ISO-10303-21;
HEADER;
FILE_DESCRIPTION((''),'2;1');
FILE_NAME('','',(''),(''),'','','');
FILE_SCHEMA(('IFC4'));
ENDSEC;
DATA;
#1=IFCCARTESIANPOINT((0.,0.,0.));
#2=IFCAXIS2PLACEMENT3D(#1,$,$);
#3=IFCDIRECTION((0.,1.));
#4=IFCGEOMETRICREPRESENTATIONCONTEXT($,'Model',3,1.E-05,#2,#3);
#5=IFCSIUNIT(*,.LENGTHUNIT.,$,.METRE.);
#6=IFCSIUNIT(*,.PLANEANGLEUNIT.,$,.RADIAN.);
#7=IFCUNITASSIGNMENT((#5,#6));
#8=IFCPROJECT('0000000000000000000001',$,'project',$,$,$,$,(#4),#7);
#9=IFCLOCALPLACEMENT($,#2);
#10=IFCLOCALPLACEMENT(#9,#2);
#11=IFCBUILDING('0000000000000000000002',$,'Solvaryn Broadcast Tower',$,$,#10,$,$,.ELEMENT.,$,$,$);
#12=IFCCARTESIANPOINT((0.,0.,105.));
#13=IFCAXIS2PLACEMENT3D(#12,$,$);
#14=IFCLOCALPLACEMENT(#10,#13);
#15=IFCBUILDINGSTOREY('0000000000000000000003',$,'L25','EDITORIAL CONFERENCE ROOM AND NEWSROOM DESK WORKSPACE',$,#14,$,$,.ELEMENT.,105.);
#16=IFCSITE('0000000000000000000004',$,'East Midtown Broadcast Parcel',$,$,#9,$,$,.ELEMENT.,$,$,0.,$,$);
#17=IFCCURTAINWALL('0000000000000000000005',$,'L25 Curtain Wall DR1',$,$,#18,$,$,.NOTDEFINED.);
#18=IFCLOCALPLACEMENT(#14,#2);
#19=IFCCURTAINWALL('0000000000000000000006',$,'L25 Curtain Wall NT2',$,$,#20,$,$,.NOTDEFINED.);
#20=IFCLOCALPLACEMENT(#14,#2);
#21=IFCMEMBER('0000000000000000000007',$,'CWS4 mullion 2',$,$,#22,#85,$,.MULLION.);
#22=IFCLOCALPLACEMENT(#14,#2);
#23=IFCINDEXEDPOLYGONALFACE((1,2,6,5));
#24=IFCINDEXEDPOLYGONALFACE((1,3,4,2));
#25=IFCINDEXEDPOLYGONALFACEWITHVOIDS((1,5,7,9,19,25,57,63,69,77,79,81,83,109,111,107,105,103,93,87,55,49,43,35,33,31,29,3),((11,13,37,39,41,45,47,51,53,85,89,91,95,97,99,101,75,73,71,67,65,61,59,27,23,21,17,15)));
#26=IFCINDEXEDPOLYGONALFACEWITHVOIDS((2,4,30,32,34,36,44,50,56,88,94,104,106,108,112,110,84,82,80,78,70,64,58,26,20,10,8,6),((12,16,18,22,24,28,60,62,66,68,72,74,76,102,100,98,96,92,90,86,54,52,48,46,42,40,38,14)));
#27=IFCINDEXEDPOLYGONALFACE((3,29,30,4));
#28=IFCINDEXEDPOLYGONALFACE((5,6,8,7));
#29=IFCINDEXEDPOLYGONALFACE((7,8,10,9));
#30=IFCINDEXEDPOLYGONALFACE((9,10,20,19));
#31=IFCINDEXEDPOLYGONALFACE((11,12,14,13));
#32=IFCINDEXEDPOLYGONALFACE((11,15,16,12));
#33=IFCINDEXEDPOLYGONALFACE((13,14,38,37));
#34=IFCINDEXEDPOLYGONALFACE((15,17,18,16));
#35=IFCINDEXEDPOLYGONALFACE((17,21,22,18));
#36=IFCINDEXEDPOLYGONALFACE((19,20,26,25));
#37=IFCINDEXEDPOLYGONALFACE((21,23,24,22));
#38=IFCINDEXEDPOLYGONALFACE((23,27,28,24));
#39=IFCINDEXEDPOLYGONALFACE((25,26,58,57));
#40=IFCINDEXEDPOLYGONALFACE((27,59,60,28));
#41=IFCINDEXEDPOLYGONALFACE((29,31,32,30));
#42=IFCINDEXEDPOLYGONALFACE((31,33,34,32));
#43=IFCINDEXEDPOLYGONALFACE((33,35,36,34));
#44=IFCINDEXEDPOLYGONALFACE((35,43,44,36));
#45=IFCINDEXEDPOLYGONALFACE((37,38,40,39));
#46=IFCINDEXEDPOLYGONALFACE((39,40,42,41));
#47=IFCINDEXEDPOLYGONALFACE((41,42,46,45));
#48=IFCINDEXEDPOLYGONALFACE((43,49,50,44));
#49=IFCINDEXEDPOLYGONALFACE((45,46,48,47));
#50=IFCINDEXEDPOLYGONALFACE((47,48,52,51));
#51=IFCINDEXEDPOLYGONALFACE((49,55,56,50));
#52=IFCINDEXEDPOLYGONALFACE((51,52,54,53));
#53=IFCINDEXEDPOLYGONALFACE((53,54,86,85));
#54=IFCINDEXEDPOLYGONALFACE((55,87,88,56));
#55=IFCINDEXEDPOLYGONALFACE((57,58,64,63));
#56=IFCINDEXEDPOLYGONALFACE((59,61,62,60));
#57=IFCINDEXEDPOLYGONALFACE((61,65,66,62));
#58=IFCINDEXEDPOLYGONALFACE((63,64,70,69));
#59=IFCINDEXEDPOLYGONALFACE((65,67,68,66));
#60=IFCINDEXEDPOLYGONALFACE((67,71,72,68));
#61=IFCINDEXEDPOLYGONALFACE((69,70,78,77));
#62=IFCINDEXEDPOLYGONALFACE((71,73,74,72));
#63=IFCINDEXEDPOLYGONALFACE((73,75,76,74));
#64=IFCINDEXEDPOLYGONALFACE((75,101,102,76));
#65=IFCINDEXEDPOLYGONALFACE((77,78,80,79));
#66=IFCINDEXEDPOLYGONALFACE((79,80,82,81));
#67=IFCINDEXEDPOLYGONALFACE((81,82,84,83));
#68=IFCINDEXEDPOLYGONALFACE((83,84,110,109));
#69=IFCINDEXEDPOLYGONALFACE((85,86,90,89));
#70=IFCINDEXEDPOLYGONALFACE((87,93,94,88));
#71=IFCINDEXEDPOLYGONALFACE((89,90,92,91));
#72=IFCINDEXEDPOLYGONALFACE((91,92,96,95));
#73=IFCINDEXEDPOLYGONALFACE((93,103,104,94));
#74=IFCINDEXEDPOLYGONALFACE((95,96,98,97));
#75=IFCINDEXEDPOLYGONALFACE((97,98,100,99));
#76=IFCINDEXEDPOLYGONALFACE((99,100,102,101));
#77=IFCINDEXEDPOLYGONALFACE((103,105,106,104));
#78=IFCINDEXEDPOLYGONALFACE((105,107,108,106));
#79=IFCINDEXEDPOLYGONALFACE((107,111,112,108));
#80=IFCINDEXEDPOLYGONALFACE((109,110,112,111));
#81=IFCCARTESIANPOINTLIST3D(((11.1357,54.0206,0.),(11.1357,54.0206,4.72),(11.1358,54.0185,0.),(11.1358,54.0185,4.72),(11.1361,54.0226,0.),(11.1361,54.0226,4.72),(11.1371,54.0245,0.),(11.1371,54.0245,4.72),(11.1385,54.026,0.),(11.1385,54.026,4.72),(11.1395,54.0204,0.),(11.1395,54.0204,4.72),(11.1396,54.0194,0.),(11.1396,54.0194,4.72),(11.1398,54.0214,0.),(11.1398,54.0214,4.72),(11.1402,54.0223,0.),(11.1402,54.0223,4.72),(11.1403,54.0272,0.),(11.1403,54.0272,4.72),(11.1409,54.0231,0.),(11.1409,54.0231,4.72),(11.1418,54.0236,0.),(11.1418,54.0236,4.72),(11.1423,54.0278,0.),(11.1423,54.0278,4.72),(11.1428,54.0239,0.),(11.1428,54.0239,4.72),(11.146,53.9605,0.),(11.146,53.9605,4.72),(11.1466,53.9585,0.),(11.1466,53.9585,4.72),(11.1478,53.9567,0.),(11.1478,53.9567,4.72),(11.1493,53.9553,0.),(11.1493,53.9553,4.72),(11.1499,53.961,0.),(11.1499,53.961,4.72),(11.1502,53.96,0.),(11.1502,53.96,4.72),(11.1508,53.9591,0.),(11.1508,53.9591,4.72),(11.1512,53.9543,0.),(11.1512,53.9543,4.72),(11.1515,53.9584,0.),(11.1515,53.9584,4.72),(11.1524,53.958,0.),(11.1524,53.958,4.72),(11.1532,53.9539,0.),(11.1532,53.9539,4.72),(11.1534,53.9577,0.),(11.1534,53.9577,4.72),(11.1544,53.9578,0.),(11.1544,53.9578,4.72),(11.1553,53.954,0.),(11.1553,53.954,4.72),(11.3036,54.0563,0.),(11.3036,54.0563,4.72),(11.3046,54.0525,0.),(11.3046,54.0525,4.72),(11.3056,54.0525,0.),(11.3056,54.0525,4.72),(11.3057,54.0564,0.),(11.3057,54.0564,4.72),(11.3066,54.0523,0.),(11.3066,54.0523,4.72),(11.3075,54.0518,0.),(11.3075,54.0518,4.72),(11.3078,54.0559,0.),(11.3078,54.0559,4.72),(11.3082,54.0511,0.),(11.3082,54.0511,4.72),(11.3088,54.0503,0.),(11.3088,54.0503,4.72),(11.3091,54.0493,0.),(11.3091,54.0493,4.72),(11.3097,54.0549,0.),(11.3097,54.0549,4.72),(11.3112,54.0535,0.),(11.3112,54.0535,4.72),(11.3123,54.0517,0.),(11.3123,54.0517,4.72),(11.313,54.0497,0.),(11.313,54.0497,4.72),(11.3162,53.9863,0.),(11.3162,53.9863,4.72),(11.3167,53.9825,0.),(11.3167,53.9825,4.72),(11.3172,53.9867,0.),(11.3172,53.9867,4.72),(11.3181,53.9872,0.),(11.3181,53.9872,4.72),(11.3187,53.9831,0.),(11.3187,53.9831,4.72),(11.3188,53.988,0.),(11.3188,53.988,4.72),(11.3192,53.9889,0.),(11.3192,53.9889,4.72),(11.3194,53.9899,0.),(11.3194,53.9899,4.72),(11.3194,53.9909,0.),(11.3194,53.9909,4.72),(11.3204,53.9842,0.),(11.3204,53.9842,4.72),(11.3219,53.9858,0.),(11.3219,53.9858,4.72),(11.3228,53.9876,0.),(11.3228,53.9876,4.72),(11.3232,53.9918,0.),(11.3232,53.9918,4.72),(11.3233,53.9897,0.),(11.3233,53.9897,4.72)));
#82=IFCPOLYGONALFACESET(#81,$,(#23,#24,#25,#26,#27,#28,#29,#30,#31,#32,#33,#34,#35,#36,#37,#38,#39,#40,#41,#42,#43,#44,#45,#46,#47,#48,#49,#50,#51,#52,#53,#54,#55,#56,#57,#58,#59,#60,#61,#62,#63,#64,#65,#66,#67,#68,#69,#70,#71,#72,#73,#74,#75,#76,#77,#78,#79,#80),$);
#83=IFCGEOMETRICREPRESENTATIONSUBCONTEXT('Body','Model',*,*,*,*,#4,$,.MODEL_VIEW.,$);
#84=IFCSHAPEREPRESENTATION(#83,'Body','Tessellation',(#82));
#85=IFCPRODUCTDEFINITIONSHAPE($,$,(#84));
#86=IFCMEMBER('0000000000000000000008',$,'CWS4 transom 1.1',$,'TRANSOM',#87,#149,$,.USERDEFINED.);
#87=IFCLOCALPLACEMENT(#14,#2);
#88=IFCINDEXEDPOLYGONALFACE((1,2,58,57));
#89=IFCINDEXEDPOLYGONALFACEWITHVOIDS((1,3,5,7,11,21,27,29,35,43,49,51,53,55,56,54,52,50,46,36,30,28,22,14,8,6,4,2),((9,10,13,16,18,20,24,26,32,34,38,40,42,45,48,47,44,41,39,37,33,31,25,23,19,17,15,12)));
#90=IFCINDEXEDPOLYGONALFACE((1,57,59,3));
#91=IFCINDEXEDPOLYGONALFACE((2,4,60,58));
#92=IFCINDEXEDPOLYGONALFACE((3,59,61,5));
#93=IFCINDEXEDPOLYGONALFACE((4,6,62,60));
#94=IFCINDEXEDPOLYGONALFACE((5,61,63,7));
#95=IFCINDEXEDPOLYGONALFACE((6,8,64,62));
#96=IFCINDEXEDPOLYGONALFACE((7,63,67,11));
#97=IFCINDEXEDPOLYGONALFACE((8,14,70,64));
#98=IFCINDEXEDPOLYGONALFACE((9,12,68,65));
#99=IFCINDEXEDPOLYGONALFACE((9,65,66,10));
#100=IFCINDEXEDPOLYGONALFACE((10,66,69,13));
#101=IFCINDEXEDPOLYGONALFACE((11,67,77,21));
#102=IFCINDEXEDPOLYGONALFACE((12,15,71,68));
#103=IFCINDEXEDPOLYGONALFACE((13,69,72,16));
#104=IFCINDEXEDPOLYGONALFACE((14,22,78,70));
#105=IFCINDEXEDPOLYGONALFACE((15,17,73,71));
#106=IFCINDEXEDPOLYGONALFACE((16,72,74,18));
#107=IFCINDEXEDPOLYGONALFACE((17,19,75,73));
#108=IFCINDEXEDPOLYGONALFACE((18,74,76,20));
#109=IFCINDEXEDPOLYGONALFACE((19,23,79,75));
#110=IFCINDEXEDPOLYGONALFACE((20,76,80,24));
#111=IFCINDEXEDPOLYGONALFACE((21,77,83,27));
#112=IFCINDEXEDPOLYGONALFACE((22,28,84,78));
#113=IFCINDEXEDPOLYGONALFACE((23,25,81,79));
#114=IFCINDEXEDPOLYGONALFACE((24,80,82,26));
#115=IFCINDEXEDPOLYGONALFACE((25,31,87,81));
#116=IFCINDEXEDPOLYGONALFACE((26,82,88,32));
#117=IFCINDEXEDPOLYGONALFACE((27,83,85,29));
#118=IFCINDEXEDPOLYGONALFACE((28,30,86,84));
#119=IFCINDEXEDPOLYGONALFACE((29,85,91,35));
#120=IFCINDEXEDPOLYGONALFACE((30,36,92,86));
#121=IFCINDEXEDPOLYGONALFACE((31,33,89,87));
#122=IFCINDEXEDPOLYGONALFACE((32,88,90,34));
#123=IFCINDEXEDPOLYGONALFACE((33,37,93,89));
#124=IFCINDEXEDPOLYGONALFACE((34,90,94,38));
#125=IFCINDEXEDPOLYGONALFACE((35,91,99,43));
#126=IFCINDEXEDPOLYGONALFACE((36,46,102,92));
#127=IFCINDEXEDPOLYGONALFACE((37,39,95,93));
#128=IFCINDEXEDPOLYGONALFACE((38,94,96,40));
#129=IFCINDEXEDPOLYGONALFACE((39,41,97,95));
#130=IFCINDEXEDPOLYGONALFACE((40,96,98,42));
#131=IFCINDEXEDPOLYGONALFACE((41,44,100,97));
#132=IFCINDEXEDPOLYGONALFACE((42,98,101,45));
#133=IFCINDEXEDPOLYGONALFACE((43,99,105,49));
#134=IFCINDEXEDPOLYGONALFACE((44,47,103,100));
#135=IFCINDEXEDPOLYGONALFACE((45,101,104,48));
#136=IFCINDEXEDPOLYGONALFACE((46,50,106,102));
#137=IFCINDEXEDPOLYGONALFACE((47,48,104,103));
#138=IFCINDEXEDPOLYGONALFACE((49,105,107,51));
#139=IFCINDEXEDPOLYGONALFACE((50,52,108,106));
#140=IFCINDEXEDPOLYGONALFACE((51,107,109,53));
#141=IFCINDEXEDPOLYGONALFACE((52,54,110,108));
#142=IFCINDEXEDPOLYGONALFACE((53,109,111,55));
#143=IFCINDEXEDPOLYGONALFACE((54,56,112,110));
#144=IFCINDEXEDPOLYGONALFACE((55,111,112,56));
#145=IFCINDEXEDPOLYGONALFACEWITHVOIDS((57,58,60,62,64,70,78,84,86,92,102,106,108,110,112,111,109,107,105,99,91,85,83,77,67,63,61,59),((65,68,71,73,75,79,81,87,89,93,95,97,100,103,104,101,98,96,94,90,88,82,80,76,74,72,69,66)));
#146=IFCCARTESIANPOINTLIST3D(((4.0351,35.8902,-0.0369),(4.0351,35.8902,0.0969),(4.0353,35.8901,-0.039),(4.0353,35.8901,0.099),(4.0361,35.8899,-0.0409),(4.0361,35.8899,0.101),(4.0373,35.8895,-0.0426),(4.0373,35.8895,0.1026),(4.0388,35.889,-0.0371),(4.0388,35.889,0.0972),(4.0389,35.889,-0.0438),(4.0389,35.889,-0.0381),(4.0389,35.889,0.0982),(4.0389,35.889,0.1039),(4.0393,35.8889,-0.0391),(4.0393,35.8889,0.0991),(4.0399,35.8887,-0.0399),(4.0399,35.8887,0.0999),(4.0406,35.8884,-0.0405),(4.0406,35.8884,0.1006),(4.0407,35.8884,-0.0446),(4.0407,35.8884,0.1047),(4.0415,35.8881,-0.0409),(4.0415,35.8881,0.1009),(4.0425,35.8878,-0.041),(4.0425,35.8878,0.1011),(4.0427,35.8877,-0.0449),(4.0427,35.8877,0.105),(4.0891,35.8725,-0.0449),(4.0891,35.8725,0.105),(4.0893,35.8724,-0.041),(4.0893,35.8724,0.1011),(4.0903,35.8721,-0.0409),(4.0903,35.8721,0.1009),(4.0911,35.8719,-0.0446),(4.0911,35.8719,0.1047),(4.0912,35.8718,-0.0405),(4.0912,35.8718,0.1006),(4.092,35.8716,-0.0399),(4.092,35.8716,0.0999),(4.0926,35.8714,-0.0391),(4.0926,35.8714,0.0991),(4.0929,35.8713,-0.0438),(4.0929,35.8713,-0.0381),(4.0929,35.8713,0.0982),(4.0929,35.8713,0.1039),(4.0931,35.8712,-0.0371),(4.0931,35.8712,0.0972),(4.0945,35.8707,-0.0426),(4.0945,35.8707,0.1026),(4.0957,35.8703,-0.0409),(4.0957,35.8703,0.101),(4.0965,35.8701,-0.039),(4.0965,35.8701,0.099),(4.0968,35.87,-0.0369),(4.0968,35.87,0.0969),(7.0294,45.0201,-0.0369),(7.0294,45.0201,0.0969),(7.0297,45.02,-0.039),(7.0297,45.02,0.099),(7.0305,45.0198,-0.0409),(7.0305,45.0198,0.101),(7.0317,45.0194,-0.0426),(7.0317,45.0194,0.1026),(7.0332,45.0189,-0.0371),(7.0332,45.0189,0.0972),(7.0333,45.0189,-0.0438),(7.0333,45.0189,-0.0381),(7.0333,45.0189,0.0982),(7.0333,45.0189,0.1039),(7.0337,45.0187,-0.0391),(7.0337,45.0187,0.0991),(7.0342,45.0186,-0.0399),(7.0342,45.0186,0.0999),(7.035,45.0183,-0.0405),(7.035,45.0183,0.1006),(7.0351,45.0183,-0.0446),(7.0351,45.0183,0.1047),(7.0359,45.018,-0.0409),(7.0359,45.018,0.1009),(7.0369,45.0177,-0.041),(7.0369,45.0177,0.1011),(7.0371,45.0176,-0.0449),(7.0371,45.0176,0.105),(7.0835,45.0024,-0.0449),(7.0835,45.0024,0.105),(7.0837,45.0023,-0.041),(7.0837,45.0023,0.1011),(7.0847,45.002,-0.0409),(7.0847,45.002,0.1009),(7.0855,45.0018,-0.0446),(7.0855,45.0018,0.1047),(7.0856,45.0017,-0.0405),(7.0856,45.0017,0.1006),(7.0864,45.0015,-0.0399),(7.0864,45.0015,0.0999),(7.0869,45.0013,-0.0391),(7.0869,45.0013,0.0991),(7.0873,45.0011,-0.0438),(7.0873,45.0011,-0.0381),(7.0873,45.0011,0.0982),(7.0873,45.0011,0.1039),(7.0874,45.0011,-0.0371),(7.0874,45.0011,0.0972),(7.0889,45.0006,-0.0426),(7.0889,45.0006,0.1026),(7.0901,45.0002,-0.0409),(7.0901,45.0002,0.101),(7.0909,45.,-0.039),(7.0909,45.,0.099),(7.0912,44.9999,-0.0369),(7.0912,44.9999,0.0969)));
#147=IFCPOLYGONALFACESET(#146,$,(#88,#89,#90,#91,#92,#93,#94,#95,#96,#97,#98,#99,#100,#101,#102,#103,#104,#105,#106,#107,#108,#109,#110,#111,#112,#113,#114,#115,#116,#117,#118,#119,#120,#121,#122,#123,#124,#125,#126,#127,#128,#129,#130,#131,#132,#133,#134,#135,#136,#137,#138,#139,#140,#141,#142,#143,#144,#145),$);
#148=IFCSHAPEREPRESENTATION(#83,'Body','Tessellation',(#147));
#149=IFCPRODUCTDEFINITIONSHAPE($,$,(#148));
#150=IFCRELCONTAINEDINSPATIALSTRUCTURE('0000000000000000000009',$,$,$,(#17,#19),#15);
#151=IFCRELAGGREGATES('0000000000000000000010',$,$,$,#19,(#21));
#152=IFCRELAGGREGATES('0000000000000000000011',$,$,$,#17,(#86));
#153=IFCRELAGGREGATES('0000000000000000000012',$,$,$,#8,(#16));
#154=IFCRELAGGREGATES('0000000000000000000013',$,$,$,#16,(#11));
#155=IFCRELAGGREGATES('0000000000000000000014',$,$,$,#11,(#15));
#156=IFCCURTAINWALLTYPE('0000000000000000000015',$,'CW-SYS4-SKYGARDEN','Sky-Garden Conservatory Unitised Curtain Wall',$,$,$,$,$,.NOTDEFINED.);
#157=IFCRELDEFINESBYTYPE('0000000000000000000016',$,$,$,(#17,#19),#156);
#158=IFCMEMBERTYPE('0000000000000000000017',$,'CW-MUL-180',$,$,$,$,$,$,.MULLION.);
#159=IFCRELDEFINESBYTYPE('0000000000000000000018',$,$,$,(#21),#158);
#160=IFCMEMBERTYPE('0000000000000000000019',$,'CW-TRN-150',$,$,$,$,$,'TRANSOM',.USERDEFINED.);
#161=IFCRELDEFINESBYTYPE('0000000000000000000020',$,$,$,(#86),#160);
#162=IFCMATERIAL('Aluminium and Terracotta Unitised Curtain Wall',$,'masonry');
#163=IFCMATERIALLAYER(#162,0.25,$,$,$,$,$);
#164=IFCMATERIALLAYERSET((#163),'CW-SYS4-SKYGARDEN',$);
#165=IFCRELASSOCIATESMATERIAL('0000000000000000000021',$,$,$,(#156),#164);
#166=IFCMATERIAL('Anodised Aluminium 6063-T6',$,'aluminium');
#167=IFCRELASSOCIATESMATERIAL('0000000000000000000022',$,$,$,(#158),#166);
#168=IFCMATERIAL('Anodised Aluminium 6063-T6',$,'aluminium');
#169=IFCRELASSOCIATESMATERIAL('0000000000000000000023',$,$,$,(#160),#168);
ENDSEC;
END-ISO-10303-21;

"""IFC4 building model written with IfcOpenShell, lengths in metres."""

from ifc_helpers import new_model, si_unit, direction, frame, origin, origin_2d, place, context, subcontext, project, spatial, hollow_rectangle, extrude, material, layer, layer_set, material_profile, profile_set, type_object, element, aggregate, save


model = new_model("IFC4")

# Units and contexts
model_context = context("Model", 3, precision=1e-05, world=origin(), true_north=direction((0.0, 1.0)))
body_context = subcontext(model_context, "Body", "Model", "MODEL_VIEW")
ifc_project = project(units=[si_unit("LENGTHUNIT", "METRE"), si_unit("PLANEANGLEUNIT", "RADIAN")], contexts=[model_context])

# Site, building, storey
site_placement = place(None, origin())
site = spatial("IfcSite", under=ifc_project, at=site_placement, Name="East Midtown Broadcast Parcel", CompositionType="ELEMENT", RefElevation=0.0)
building_placement = place(site_placement, origin())
building = spatial("IfcBuilding", under=site, at=building_placement, Name="Solvaryn Broadcast Tower", CompositionType="ELEMENT")
storey_placement = place(building_placement, frame((0.0, 0.0, 105.0)))
storey = spatial("IfcBuildingStorey", under=building, at=storey_placement, Name="L25", Description="EDITORIAL CONFERENCE ROOM AND NEWSROOM DESK WORKSPACE", CompositionType="ELEMENT", Elevation=105.0)

# Curtain wall
ifc_material_1 = material(Name="Aluminium and Terracotta Unitised Curtain Wall", Category="masonry")
ifc_layer_1 = layer(ifc_material_1, 0.25)
ifc_layer_set_1 = layer_set([ifc_layer_1], Name="CW-SYS4-SKYGARDEN")
curtain_wall_type = type_object("IfcCurtainWallType", Name="CW-SYS4-SKYGARDEN", Description="Sky-Garden Conservatory Unitised Curtain Wall", PredefinedType="NOTDEFINED", material=ifc_layer_set_1)
curtain_wall_1_placement = place(storey_placement, origin())
curtain_wall_1 = element("IfcCurtainWall", 1, at=curtain_wall_1_placement, inside=storey, type_object=curtain_wall_type, Name="L25 Curtain Wall DR1", PredefinedType="NOTDEFINED")
ifc_material_2 = material(Name="Anodised Aluminium 6063-T6", Category="aluminium")
ifc_material_profile_1 = material_profile(ifc_material_2, hollow_rectangle(XDim=0.075, YDim=0.1799, WallThickness=0.0039, InnerFilletRadius=0.0039, OuterFilletRadius=0.0081, at=origin_2d()))
ifc_profile_set_1 = profile_set([ifc_material_profile_1], Name="Anodised Aluminium 6063-T6")
member_type_1 = type_object("IfcMemberType", Name="CW-MUL-180", PredefinedType="MULLION", material=ifc_profile_set_1)

# Curtain wall, member
curtain_wall_2_placement = place(storey_placement, origin())
curtain_wall_2 = element("IfcCurtainWall", 2, at=curtain_wall_2_placement, inside=storey, type_object=curtain_wall_type, Name="L25 Curtain Wall NT2", PredefinedType="NOTDEFINED")
member_1_placement = place(storey_placement, frame((11.2295, 54.0051, 0.0), z_axis=(0.0, 0.0, 1.0), x_axis=(0.173785, -0.984784, 0.0)))
member_1 = element("IfcMember", 3, at=member_1_placement, type_object=member_type_1, Name="CWS4 mullion 2", PredefinedType="MULLION", context=body_context, shape_type="SweptSolid", body=[
    extrude(hollow_rectangle(XDim=0.075, YDim=0.1799, WallThickness=0.0039, InnerFilletRadius=0.0039, OuterFilletRadius=0.0081, at=origin_2d()), origin(), (0.0, 0.0, 1.0), 4.72),
])
aggregate(curtain_wall_2, [member_1])

# Member
ifc_material_3 = material(Name="Anodised Aluminium 6063-T6", Category="aluminium")
ifc_material_profile_2 = material_profile(ifc_material_3, hollow_rectangle(XDim=0.0649, YDim=0.1499, WallThickness=0.0039, InnerFilletRadius=0.0039, OuterFilletRadius=0.0081, at=origin_2d()))
ifc_profile_set_2 = profile_set([ifc_material_profile_2], Name="Anodised Aluminium 6063-T6")
member_type_2 = type_object("IfcMemberType", Name="CW-TRN-150", ElementType="TRANSOM", PredefinedType="USERDEFINED", material=ifc_profile_set_2)
member_2_placement = place(storey_placement, frame((7.0603, 45.01, 0.03), z_axis=(-0.311643, -0.950199, 0.0), x_axis=(0.950199, -0.311643, 0.0)))
member_2 = element("IfcMember", 4, at=member_2_placement, type_object=member_type_2, Name="CWS4 transom 1.1", ObjectType="TRANSOM", PredefinedType="USERDEFINED", context=body_context, shape_type="SweptSolid", body=[
    extrude(hollow_rectangle(XDim=0.0649, YDim=0.1499, WallThickness=0.0039, InnerFilletRadius=0.0039, OuterFilletRadius=0.0081, at=origin_2d()), origin(), (0.0, 0.0, 1.0), 9.6084),
])

aggregate(curtain_wall_1, [member_2])

save(model, "model.ifc")
